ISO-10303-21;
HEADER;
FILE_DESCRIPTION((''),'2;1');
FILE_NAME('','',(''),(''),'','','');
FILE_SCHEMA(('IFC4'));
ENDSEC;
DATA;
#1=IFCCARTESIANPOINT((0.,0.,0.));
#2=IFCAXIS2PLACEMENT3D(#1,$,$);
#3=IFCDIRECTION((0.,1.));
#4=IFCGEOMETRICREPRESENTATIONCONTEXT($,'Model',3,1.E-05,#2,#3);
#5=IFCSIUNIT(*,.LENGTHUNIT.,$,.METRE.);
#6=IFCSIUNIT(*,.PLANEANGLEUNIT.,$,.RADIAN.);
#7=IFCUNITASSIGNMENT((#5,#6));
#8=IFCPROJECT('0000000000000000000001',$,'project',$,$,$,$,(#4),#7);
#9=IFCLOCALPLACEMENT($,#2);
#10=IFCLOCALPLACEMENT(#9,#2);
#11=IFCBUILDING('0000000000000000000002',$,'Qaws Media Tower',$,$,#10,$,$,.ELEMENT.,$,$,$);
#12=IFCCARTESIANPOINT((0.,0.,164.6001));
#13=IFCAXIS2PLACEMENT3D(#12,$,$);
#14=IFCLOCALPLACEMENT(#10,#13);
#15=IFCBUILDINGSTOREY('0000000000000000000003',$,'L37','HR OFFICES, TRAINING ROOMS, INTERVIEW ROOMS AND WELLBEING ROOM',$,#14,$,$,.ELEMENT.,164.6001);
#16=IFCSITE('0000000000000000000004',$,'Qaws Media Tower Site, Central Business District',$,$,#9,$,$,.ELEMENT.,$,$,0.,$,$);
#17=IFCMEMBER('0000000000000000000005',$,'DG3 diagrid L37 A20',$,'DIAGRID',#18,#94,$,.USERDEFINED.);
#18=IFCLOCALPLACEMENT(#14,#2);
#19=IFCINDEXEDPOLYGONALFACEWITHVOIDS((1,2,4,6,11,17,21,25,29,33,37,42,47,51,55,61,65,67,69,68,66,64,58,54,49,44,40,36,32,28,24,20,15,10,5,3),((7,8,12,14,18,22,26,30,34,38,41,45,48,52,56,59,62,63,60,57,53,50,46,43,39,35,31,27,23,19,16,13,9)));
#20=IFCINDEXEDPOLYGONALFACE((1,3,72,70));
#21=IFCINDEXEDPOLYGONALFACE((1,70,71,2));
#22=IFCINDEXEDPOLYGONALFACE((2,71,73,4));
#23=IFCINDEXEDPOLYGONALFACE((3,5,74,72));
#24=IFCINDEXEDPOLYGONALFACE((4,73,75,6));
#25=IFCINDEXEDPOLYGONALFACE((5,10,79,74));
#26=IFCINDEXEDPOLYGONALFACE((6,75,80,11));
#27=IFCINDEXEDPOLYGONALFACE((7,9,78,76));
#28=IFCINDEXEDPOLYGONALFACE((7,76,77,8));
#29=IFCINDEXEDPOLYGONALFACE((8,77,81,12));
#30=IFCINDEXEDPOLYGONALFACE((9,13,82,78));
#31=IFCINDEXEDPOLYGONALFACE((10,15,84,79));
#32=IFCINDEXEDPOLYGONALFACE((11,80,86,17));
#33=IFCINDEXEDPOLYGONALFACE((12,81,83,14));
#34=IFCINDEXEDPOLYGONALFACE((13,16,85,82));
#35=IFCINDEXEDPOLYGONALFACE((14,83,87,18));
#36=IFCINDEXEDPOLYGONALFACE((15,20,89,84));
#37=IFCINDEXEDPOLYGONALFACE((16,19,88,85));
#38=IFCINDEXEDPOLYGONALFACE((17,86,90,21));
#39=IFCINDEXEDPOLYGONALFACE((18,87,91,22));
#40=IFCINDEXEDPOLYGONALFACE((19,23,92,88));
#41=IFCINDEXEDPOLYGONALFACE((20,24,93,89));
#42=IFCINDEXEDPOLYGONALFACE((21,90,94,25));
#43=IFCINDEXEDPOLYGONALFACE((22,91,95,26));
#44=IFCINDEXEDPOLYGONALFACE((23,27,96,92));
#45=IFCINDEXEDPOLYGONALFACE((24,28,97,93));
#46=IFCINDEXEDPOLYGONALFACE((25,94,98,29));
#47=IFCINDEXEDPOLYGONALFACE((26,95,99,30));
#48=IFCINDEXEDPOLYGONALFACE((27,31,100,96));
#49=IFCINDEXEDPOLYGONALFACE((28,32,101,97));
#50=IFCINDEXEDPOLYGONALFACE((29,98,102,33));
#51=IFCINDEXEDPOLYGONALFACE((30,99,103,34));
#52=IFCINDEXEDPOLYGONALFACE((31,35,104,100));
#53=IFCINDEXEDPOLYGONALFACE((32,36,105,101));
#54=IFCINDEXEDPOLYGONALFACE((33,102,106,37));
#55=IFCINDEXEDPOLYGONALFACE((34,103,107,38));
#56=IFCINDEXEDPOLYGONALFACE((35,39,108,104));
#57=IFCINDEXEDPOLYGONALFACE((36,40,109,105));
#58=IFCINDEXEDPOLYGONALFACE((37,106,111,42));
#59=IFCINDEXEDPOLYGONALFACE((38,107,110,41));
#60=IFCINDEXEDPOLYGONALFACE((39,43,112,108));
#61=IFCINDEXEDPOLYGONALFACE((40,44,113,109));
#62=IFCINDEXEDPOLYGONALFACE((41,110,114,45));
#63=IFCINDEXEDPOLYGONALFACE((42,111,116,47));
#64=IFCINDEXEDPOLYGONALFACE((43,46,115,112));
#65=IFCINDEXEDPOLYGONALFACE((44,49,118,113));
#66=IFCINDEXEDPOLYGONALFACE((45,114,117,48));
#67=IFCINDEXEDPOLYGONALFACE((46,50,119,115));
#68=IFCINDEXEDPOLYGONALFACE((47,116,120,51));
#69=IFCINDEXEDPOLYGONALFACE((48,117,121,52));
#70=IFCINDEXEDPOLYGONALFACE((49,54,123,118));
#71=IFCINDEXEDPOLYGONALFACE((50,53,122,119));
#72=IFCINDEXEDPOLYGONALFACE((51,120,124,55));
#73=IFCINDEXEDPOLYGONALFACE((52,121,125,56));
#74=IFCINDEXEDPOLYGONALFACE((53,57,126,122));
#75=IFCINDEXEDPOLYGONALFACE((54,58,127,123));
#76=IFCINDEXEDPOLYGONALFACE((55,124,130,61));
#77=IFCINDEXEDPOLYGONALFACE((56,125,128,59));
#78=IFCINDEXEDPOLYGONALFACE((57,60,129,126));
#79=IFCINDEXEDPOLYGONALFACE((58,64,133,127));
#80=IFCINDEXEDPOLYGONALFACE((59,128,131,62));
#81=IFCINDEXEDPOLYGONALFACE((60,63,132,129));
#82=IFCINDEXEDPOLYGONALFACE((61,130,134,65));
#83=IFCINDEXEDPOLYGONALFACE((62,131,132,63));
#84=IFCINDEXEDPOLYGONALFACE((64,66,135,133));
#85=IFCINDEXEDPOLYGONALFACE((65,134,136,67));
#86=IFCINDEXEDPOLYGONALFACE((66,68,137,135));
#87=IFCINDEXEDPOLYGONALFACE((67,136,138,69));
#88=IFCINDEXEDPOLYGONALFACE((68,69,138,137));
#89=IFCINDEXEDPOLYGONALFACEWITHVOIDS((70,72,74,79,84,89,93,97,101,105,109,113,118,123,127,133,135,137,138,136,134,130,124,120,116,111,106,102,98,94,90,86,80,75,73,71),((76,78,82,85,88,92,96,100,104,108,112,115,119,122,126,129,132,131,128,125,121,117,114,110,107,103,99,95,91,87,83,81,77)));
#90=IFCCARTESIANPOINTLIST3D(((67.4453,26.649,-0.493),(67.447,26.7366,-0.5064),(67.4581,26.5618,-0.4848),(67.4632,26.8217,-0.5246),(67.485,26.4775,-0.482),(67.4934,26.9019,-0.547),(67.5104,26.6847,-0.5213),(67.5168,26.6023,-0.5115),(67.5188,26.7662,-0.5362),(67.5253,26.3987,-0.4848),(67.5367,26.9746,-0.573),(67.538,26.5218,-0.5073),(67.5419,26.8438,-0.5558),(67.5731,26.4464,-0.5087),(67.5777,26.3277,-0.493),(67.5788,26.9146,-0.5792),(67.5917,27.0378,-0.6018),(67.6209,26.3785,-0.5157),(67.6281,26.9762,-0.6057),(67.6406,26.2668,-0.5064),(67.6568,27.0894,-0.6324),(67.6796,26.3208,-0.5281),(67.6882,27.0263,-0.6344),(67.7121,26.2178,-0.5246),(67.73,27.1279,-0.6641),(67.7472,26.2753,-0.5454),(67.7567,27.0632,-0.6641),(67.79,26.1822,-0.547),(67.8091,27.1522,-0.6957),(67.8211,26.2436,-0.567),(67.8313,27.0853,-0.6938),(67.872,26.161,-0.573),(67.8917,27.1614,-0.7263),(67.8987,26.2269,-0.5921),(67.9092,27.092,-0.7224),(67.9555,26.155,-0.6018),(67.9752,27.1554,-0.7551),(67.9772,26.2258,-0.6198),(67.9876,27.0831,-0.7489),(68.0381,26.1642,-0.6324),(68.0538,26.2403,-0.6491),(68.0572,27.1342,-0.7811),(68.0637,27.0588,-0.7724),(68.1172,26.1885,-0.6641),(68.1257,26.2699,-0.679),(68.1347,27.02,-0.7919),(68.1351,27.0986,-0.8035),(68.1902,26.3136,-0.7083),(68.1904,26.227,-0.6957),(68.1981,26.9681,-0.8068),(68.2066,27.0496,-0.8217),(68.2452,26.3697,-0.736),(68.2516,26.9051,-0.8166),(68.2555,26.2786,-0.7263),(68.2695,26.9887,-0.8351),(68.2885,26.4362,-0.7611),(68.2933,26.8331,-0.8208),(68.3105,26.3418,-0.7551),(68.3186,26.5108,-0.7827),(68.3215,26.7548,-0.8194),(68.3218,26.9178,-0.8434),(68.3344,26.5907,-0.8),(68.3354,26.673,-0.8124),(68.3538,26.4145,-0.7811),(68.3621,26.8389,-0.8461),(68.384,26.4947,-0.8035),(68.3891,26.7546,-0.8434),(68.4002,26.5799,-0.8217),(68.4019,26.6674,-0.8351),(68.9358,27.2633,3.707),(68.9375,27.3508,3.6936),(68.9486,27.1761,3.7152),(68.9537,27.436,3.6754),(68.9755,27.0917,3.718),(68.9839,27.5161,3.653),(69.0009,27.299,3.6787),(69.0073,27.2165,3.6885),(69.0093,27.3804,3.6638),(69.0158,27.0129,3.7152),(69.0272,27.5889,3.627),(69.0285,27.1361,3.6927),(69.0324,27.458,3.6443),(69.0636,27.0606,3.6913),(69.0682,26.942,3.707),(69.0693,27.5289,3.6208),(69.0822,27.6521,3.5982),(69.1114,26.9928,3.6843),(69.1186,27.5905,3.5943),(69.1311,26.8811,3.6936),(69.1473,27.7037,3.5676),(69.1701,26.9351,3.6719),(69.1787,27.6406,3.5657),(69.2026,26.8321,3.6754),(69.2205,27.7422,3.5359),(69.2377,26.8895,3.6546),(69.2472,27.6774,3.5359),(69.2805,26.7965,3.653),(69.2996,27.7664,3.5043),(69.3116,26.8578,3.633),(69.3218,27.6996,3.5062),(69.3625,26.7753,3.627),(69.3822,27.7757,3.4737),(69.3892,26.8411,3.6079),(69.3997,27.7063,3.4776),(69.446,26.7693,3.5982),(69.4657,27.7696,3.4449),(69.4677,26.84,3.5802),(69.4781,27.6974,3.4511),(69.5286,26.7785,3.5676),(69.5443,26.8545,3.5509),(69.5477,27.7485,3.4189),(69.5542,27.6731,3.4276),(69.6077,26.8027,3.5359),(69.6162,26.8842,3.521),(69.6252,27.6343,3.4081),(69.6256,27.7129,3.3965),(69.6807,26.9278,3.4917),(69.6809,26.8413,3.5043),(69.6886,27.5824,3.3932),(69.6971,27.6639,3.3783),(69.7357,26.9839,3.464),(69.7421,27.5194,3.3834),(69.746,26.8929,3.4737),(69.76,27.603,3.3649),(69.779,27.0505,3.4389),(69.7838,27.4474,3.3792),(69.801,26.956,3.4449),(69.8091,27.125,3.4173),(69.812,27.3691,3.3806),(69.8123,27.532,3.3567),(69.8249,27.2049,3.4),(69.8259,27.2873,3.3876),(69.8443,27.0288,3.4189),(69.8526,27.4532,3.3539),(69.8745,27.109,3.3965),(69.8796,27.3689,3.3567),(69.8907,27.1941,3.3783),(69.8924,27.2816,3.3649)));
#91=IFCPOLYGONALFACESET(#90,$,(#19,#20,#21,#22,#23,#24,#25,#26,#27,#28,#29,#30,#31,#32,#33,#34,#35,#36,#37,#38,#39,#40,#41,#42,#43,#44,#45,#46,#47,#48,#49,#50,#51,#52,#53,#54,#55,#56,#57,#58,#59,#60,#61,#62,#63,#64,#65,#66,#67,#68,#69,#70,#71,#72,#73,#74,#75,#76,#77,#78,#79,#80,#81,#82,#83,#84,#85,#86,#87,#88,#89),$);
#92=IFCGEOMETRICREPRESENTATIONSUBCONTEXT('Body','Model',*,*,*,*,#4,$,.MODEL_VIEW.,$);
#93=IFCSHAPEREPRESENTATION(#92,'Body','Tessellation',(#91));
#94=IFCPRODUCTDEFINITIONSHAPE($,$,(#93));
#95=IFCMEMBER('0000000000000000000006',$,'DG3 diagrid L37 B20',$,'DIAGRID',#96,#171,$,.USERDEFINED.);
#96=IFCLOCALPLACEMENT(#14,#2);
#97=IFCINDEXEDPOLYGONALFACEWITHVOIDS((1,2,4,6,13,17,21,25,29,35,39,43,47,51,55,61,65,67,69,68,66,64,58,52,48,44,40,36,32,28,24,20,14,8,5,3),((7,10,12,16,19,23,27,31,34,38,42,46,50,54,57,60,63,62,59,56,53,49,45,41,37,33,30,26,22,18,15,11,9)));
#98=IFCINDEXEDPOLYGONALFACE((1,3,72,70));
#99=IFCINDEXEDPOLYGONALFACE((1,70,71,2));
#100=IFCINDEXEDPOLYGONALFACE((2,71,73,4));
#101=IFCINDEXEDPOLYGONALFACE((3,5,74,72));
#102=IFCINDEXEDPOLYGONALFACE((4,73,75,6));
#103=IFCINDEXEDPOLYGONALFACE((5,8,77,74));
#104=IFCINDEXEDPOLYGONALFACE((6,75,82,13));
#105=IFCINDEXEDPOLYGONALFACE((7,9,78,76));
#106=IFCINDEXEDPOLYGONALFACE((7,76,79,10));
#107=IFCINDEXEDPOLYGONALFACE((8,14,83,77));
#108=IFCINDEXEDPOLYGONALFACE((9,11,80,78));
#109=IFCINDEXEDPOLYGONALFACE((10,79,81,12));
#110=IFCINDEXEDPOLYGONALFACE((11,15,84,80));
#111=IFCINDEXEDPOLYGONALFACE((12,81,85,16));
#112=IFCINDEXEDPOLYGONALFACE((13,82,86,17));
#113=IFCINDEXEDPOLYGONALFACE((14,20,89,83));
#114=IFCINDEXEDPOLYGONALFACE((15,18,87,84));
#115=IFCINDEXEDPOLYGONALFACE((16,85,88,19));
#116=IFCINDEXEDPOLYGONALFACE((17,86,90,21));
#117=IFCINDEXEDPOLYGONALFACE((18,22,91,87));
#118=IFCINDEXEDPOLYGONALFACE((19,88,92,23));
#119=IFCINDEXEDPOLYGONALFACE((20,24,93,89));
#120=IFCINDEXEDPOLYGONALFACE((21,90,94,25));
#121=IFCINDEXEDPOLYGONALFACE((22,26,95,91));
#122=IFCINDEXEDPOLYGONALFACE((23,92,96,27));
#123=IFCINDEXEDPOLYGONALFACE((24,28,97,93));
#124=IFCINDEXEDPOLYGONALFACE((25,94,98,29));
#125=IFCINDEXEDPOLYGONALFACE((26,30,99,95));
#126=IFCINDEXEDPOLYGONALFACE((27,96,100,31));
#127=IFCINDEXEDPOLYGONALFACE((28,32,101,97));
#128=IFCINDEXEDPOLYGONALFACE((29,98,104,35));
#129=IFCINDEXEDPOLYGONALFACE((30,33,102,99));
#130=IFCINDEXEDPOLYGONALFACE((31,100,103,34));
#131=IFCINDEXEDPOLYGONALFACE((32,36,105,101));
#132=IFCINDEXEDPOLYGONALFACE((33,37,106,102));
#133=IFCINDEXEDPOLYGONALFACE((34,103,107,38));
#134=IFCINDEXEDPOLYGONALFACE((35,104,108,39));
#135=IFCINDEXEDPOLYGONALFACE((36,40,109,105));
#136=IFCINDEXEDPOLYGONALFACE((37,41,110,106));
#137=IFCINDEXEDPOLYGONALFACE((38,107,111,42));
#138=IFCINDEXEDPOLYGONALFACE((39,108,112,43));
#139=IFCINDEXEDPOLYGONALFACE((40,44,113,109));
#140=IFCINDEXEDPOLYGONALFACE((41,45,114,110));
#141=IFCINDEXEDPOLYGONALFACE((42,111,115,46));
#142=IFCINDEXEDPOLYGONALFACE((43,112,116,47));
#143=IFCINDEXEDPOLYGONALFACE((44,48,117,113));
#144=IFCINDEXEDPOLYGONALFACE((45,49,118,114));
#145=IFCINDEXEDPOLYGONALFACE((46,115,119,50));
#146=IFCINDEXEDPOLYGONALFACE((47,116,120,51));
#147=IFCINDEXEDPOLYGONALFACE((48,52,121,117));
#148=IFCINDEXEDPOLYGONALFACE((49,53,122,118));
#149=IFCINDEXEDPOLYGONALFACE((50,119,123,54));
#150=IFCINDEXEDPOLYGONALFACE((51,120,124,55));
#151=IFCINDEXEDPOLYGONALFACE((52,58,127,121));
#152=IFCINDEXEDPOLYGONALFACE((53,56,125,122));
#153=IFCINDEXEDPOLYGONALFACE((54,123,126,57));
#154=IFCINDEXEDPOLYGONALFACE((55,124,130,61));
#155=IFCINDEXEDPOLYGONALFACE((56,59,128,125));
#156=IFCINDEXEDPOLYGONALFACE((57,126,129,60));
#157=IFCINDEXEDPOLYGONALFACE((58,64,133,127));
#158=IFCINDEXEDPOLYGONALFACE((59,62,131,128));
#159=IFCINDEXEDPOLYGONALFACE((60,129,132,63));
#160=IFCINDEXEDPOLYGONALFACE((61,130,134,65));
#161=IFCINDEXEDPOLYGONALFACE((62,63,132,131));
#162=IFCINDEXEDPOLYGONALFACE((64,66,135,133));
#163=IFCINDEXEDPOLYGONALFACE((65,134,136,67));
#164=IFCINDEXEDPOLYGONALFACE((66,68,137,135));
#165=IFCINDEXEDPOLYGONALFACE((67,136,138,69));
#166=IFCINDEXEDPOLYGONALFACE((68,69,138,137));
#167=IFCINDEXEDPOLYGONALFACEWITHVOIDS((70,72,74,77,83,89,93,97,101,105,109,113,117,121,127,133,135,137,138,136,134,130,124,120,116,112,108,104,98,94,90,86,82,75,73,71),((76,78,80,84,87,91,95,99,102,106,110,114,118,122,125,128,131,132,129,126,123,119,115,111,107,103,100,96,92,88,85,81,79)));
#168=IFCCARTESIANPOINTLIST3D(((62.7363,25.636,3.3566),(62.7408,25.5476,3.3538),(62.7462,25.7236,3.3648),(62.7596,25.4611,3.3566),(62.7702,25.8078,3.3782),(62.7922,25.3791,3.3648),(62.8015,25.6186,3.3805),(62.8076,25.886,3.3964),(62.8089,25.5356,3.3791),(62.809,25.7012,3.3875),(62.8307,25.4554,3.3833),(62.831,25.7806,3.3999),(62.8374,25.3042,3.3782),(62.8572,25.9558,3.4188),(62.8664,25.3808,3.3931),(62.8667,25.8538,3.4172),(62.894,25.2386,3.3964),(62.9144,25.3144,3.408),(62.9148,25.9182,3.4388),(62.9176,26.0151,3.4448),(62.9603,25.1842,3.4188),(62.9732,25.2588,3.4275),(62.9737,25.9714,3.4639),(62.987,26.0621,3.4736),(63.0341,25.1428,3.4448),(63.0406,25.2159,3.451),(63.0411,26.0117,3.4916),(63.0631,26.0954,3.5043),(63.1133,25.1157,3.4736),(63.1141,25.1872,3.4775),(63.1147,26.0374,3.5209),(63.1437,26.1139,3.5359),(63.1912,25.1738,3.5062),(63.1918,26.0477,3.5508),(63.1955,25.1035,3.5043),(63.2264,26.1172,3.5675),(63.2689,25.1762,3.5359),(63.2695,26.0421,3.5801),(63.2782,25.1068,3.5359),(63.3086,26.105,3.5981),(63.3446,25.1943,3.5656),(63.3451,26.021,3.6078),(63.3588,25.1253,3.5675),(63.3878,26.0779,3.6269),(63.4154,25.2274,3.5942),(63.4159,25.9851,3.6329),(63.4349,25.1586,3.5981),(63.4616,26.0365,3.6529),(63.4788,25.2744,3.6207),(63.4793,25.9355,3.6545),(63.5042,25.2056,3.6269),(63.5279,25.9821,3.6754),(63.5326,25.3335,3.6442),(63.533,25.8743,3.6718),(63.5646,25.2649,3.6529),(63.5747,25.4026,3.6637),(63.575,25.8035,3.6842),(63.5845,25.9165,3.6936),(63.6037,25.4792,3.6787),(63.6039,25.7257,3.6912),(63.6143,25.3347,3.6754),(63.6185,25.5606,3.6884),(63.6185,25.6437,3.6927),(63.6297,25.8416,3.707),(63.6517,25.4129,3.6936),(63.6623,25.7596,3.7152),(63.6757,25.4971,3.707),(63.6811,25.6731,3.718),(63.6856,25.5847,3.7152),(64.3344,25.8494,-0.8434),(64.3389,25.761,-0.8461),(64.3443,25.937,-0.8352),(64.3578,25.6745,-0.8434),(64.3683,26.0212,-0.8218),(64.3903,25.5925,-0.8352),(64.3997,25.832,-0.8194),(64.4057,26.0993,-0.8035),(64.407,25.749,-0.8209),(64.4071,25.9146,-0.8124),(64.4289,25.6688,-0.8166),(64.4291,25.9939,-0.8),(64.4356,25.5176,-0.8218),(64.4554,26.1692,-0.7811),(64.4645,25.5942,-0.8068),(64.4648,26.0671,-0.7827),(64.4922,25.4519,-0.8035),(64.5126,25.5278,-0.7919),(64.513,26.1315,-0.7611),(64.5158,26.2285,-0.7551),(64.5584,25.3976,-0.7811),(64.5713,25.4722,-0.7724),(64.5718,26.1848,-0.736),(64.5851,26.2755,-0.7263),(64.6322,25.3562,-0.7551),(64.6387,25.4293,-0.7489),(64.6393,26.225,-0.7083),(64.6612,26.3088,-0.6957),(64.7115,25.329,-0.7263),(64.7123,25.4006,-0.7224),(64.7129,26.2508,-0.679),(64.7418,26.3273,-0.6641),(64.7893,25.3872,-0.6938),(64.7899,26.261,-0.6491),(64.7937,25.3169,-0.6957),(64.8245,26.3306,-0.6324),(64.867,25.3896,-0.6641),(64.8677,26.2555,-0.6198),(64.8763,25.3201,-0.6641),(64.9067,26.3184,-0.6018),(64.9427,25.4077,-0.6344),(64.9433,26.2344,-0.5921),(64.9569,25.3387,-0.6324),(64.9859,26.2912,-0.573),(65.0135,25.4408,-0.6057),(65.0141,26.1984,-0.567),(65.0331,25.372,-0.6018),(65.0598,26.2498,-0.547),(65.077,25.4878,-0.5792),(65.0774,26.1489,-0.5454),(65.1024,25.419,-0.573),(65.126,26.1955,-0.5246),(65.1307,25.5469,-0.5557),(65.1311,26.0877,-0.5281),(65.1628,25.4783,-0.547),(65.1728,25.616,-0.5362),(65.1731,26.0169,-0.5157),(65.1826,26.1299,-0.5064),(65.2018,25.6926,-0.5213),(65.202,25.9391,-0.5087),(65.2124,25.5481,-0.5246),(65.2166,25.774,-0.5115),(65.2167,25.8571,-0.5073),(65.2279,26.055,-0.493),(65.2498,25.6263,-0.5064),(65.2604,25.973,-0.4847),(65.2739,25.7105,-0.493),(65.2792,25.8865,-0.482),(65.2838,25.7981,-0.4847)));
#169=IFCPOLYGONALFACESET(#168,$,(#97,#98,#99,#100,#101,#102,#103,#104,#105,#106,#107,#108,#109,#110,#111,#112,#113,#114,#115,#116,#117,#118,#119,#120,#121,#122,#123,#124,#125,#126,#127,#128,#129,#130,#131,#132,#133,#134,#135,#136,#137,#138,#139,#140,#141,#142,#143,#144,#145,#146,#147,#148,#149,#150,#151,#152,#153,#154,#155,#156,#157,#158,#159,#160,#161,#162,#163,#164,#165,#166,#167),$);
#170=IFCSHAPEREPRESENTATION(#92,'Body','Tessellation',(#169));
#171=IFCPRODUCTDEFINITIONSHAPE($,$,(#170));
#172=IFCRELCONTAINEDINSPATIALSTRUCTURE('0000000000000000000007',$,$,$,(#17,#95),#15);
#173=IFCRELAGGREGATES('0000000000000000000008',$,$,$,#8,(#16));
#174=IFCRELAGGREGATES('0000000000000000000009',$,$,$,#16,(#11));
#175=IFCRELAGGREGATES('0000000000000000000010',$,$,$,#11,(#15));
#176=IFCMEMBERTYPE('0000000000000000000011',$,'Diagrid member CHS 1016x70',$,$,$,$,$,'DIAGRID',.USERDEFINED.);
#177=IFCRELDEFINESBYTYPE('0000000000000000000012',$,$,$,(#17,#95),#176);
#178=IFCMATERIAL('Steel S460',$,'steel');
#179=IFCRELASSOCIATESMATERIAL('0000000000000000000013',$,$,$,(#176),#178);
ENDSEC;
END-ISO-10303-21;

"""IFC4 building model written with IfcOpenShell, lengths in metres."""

from ifc_helpers import new_model, si_unit, direction, frame, origin, origin_2d, place, context, subcontext, project, spatial, hollow_circle, extrude, material, material_profile, profile_set, type_object, element, save


model = new_model("IFC4")

# Units and contexts
model_context = context("Model", 3, precision=1e-05, world=origin(), true_north=direction((0.0, 1.0)))
body_context = subcontext(model_context, "Body", "Model", "MODEL_VIEW")
ifc_project = project(units=[si_unit("LENGTHUNIT", "METRE"), si_unit("PLANEANGLEUNIT", "RADIAN")], contexts=[model_context])

# Site, building, storey
site_placement = place(None, origin())
site = spatial("IfcSite", under=ifc_project, at=site_placement, Name="Qaws Media Tower Site, Central Business District", CompositionType="ELEMENT", RefElevation=0.0)
building_placement = place(site_placement, origin())
building = spatial("IfcBuilding", under=site, at=building_placement, Name="Qaws Media Tower", CompositionType="ELEMENT")
storey_placement = place(building_placement, frame((0.0, 0.0, 164.6001)))
storey = spatial("IfcBuildingStorey", under=building, at=storey_placement, Name="L37", Description="HR OFFICES, TRAINING ROOMS, INTERVIEW ROOMS AND WELLBEING ROOM", CompositionType="ELEMENT", Elevation=164.6001)

# Members
ifc_material_1 = material(Name="Steel S460", Category="steel")
ifc_material_profile_1 = material_profile(ifc_material_1, hollow_circle(Radius=0.5081, WallThickness=0.0701, at=origin_2d()), Name="CHS 1016x70")
ifc_profile_set_1 = profile_set([ifc_material_profile_1], Name="Steel S460")
member_type_1 = type_object("IfcMemberType", Name="Diagrid member CHS 1016x70", ElementType="DIAGRID", PredefinedType="USERDEFINED", material=ifc_profile_set_1)
for number, where, z_axis, x_axis, name in (
    (1, (67.9236, 26.6582, -0.6641), (0.331312, 0.136541, 0.933589), (-0.381032, 0.924562, 0.0), "DG3 diagrid L37 A20"),
    (2, (64.8091, 25.8237, -0.6641), (-0.355238, -0.04743, 0.933572), (0.132342, -0.991204, 0.0), "DG3 diagrid L37 B20"),
):
    element("IfcMember", number, at=place(storey_placement, frame(where, z_axis=z_axis, x_axis=x_axis)), inside=storey, type_object=member_type_1, Name=name, ObjectType="DIAGRID", PredefinedType="USERDEFINED", context=body_context, shape_type="SweptSolid", body=[
        extrude(hollow_circle(Radius=0.5081, WallThickness=0.0701, at=origin_2d()), origin(), (0.0, 0.0, 1.0), 4.4988),
    ])

save(model, "model.ifc")
